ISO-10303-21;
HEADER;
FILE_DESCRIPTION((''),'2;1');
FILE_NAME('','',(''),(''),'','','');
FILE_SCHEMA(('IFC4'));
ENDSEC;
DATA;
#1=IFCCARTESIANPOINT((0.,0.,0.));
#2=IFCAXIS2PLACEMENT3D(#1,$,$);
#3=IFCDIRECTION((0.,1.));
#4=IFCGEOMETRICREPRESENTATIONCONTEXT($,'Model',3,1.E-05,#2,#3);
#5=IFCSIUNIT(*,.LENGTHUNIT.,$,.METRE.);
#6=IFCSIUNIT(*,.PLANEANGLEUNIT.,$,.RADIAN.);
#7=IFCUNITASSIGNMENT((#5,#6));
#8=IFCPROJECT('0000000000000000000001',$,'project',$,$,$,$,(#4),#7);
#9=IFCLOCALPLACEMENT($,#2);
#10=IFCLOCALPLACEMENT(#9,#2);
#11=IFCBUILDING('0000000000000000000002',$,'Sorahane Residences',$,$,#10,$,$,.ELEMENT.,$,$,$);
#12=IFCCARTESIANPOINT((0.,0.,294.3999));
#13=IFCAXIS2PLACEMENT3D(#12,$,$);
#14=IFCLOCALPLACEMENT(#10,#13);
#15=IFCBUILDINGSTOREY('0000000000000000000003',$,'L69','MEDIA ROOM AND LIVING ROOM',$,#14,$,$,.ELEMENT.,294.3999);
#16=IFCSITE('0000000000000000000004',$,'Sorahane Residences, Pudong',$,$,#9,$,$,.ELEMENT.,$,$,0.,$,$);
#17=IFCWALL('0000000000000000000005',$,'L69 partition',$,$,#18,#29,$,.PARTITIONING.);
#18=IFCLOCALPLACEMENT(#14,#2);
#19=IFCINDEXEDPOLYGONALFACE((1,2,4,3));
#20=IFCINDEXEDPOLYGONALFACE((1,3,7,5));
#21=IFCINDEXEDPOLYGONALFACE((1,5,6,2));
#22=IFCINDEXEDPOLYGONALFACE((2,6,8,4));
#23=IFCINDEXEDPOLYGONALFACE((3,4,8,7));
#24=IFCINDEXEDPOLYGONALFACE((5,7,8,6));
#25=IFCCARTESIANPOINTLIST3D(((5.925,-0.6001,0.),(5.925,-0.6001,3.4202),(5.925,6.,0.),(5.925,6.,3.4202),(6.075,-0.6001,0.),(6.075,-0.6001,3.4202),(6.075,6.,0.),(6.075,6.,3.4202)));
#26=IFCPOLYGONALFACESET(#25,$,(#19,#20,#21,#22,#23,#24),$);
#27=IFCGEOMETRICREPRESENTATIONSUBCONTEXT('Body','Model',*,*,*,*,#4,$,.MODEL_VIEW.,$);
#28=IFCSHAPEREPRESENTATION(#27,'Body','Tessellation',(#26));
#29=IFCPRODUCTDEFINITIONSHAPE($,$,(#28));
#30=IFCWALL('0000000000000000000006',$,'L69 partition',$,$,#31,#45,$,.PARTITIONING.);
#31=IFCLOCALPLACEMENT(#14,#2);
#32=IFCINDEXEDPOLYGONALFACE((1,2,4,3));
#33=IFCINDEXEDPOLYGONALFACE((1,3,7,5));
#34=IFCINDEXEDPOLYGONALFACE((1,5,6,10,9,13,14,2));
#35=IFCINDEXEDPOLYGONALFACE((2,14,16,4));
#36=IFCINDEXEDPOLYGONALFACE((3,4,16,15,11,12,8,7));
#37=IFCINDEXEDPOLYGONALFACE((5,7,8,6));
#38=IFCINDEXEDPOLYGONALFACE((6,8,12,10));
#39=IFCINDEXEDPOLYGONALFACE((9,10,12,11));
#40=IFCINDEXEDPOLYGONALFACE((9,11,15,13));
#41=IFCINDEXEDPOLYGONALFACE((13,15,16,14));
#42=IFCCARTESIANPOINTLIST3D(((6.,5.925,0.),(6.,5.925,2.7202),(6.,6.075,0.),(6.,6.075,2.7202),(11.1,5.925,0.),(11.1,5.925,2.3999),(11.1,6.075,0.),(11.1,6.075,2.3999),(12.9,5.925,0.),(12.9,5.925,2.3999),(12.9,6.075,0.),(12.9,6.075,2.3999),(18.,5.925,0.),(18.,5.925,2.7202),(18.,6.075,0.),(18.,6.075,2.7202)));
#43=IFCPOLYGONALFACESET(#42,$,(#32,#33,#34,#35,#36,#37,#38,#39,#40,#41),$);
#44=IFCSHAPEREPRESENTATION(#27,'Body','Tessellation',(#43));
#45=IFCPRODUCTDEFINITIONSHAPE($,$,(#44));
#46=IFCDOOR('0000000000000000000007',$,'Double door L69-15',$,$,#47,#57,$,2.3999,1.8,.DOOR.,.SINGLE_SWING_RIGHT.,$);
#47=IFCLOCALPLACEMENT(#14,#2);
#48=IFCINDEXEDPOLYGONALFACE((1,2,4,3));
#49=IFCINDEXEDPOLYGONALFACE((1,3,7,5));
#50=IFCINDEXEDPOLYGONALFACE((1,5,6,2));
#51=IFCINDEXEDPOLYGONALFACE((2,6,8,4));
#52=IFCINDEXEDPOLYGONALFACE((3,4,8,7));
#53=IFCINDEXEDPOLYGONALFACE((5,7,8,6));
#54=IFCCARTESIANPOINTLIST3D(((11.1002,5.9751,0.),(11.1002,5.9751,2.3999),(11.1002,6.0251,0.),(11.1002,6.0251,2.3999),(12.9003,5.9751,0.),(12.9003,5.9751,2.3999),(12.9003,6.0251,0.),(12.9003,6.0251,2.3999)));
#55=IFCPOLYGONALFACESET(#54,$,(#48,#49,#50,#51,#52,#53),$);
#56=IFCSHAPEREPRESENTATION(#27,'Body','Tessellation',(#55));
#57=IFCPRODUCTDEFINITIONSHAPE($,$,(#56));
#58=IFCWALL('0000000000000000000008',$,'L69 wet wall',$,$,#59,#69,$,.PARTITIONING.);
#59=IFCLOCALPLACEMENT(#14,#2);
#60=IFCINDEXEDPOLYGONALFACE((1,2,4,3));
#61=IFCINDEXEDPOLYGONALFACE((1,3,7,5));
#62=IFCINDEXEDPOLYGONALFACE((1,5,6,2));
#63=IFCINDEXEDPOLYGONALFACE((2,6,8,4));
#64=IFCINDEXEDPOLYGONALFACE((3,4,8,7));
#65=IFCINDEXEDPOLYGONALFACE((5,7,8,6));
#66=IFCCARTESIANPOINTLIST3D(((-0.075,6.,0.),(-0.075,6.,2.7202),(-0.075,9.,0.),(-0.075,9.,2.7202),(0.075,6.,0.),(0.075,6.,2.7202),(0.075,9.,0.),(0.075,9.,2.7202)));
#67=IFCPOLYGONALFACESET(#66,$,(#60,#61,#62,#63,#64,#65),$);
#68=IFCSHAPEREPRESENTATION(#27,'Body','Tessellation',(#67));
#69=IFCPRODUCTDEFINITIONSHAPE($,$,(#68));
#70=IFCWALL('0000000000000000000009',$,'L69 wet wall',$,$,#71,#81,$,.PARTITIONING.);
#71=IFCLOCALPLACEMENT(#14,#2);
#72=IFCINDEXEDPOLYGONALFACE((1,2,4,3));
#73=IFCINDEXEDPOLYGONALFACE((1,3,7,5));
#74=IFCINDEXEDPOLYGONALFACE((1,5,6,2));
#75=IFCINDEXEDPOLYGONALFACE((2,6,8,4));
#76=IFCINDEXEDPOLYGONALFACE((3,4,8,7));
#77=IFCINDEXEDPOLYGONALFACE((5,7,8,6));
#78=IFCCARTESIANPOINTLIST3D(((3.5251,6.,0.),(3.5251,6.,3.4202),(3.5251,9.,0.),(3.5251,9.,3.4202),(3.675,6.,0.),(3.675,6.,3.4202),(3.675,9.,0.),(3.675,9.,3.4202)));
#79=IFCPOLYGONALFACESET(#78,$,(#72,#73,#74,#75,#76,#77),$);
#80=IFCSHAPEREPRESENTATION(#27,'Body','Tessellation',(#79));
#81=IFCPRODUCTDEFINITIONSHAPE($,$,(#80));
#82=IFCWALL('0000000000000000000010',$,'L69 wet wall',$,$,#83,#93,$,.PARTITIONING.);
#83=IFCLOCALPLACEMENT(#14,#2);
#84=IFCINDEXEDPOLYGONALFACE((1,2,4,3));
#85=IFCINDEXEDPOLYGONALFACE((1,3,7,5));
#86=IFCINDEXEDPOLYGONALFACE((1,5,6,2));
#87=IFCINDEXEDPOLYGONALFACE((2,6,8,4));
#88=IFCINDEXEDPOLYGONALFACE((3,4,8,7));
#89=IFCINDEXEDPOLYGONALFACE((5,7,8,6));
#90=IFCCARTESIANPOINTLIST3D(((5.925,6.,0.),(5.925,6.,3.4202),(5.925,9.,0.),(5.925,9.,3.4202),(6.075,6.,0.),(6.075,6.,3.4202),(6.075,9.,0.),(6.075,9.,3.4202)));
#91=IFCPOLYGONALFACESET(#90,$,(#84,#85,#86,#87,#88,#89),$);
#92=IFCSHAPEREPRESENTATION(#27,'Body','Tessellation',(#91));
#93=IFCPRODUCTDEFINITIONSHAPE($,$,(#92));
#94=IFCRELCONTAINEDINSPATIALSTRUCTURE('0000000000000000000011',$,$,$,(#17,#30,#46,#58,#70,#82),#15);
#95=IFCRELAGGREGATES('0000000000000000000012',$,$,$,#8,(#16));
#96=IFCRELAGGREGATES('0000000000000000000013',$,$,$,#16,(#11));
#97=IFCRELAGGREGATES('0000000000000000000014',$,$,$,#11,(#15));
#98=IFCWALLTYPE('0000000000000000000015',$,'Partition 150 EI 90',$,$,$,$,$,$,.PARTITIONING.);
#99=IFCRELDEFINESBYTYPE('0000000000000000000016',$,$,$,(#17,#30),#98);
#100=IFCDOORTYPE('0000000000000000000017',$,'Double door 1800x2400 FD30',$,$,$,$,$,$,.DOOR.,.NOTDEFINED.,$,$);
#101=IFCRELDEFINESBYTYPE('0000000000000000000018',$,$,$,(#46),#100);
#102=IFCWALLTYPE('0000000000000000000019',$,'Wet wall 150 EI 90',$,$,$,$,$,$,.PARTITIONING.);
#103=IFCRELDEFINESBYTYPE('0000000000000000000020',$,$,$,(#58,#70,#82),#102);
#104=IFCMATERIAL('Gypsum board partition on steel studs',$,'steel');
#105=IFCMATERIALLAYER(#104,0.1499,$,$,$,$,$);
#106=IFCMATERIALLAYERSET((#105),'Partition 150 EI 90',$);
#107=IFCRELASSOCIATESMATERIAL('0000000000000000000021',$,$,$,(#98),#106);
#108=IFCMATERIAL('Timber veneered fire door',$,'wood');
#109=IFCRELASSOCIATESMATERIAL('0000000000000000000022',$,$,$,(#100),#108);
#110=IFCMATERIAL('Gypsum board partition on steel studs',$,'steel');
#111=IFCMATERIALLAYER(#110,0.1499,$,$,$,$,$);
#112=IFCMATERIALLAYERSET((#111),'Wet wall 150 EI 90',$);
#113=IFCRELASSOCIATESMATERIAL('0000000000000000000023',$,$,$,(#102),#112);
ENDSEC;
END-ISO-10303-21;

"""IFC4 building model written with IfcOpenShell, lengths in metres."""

from ifc_helpers import new_model, si_unit, direction, frame, frame_2d, origin, place, context, subcontext, project, spatial, rectangle, extrude, material, layer, layer_set, type_object, element, fill, save


model = new_model("IFC4")

# Units and contexts
model_context = context("Model", 3, precision=1e-05, world=origin(), true_north=direction((0.0, 1.0)))
body_context = subcontext(model_context, "Body", "Model", "MODEL_VIEW")
ifc_project = project(units=[si_unit("LENGTHUNIT", "METRE"), si_unit("PLANEANGLEUNIT", "RADIAN")], contexts=[model_context])

# Site, building, storey
site_placement = place(None, origin())
site = spatial("IfcSite", under=ifc_project, at=site_placement, Name="Sorahane Residences, Pudong", CompositionType="ELEMENT", RefElevation=0.0)
building_placement = place(site_placement, origin())
building = spatial("IfcBuilding", under=site, at=building_placement, Name="Sorahane Residences", CompositionType="ELEMENT")
storey_placement = place(building_placement, frame((0.0, 0.0, 294.3999)))
storey = spatial("IfcBuildingStorey", under=building, at=storey_placement, Name="L69", Description="MEDIA ROOM AND LIVING ROOM", CompositionType="ELEMENT", Elevation=294.3999)

# Wall
ifc_material_1 = material(Name="Gypsum board partition on steel studs", Category="steel")
ifc_layer_1 = layer(ifc_material_1, 0.1499)
ifc_layer_set_1 = layer_set([ifc_layer_1], Name="Partition 150 EI 90")
wall_type_1 = type_object("IfcWallType", Name="Partition 150 EI 90", PredefinedType="PARTITIONING", material=ifc_layer_set_1)
wall_1_placement = place(storey_placement, frame((6.0, -0.6001, 0.0), z_axis=(0.0, 0.0, 1.0), x_axis=(0.0, 1.0, 0.0)))
element("IfcWall", 1, at=wall_1_placement, inside=storey, type_object=wall_type_1, Name="L69 partition", PredefinedType="PARTITIONING", context=body_context, shape_type="SweptSolid", body=[
    extrude(rectangle(XDim=6.6001, YDim=0.1499, at=frame_2d((3.3, 0.0))), origin(), (0.0, 0.0, 1.0), 3.4202),
])

# Wall, opening, door
wall_2_placement = place(storey_placement, frame((6.0, 6.0, 0.0), z_axis=(0.0, 0.0, 1.0), x_axis=(1.0, 0.0, 0.0)))
wall_2 = element("IfcWall", 2, at=wall_2_placement, inside=storey, type_object=wall_type_1, Name="L69 partition", PredefinedType="PARTITIONING", context=body_context, shape_type="SweptSolid", body=[
    extrude(rectangle(XDim=12.0, YDim=0.1499, at=frame_2d((6.0, 0.0))), origin(), (0.0, 0.0, 1.0), 2.7202),
])
opening_1_placement = place(wall_2_placement, frame((5.1001, 0.0, 0.0)))
opening_1 = element("IfcOpeningElement", 3, at=opening_1_placement, cuts=wall_2, PredefinedType="OPENING", context=body_context, shape_type="SweptSolid", body=[
    extrude(rectangle(XDim=1.8, YDim=2.3999, at=frame_2d((0.8999, 1.2))), frame((0.0, 0.085, 0.0), z_axis=(0.0, -1.0, 0.0), x_axis=(1.0, 0.0, 0.0)), (0.0, 0.0, 1.0), 0.1699),
])
ifc_material_2 = material(Name="Timber veneered fire door", Category="wood")
door_type_1 = type_object("IfcDoorType", Name="Double door 1800x2400 FD30", OperationType="NOTDEFINED", PredefinedType="DOOR", material=ifc_material_2)
door_1_placement = place(opening_1_placement, frame((1.8, 0.0, 0.0), z_axis=(0.0, 0.0, 1.0), x_axis=(-1.0, 0.0, 0.0)))
door_1 = element("IfcDoor", 4, at=door_1_placement, inside=storey, type_object=door_type_1, Name="Double door L69-15", OperationType="SINGLE_SWING_RIGHT", OverallHeight=2.3999, OverallWidth=1.8, PredefinedType="DOOR", context=body_context, shape_type="SweptSolid", body=[
    extrude(rectangle(XDim=1.8, YDim=2.3999, at=frame_2d((0.8999, 1.2))), frame((0.0, 0.0249, 0.0), z_axis=(0.0, -1.0, 0.0), x_axis=(1.0, 0.0, 0.0)), (0.0, 0.0, 1.0), 0.05),
])
fill(opening_1, door_1)

# Walls
ifc_material_3 = material(Name="Gypsum board partition on steel studs", Category="steel")
ifc_layer_2 = layer(ifc_material_3, 0.1499)
ifc_layer_set_2 = layer_set([ifc_layer_2], Name="Wet wall 150 EI 90")
wall_type_2 = type_object("IfcWallType", Name="Wet wall 150 EI 90", PredefinedType="PARTITIONING", material=ifc_layer_set_2)
wall_3_placement = place(storey_placement, frame((0.0, 6.0, 0.0), z_axis=(0.0, 0.0, 1.0), x_axis=(0.0, 1.0, 0.0)))
element("IfcWall", 5, at=wall_3_placement, inside=storey, type_object=wall_type_2, Name="L69 wet wall", PredefinedType="PARTITIONING", context=body_context, shape_type="SweptSolid", body=[
    extrude(rectangle(XDim=3.0, YDim=0.1499, at=frame_2d((1.5, 0.0))), origin(), (0.0, 0.0, 1.0), 2.7202),
])
for number, where, z_axis, x_axis, name in (
    (6, (3.6001, 6.0, 0.0), (0.0, 0.0, 1.0), (0.0, 1.0, 0.0), "L69 wet wall"),
    (7, (6.0, 6.0, 0.0), (0.0, 0.0, 1.0), (0.0, 1.0, 0.0), "L69 wet wall"),
):
    element("IfcWall", number, at=place(storey_placement, frame(where, z_axis=z_axis, x_axis=x_axis)), inside=storey, type_object=wall_type_2, Name=name, PredefinedType="PARTITIONING", context=body_context, shape_type="SweptSolid", body=[
        extrude(rectangle(XDim=3.0, YDim=0.1499, at=frame_2d((1.5, 0.0))), origin(), (0.0, 0.0, 1.0), 3.4202),
    ])

save(model, "model.ifc")
